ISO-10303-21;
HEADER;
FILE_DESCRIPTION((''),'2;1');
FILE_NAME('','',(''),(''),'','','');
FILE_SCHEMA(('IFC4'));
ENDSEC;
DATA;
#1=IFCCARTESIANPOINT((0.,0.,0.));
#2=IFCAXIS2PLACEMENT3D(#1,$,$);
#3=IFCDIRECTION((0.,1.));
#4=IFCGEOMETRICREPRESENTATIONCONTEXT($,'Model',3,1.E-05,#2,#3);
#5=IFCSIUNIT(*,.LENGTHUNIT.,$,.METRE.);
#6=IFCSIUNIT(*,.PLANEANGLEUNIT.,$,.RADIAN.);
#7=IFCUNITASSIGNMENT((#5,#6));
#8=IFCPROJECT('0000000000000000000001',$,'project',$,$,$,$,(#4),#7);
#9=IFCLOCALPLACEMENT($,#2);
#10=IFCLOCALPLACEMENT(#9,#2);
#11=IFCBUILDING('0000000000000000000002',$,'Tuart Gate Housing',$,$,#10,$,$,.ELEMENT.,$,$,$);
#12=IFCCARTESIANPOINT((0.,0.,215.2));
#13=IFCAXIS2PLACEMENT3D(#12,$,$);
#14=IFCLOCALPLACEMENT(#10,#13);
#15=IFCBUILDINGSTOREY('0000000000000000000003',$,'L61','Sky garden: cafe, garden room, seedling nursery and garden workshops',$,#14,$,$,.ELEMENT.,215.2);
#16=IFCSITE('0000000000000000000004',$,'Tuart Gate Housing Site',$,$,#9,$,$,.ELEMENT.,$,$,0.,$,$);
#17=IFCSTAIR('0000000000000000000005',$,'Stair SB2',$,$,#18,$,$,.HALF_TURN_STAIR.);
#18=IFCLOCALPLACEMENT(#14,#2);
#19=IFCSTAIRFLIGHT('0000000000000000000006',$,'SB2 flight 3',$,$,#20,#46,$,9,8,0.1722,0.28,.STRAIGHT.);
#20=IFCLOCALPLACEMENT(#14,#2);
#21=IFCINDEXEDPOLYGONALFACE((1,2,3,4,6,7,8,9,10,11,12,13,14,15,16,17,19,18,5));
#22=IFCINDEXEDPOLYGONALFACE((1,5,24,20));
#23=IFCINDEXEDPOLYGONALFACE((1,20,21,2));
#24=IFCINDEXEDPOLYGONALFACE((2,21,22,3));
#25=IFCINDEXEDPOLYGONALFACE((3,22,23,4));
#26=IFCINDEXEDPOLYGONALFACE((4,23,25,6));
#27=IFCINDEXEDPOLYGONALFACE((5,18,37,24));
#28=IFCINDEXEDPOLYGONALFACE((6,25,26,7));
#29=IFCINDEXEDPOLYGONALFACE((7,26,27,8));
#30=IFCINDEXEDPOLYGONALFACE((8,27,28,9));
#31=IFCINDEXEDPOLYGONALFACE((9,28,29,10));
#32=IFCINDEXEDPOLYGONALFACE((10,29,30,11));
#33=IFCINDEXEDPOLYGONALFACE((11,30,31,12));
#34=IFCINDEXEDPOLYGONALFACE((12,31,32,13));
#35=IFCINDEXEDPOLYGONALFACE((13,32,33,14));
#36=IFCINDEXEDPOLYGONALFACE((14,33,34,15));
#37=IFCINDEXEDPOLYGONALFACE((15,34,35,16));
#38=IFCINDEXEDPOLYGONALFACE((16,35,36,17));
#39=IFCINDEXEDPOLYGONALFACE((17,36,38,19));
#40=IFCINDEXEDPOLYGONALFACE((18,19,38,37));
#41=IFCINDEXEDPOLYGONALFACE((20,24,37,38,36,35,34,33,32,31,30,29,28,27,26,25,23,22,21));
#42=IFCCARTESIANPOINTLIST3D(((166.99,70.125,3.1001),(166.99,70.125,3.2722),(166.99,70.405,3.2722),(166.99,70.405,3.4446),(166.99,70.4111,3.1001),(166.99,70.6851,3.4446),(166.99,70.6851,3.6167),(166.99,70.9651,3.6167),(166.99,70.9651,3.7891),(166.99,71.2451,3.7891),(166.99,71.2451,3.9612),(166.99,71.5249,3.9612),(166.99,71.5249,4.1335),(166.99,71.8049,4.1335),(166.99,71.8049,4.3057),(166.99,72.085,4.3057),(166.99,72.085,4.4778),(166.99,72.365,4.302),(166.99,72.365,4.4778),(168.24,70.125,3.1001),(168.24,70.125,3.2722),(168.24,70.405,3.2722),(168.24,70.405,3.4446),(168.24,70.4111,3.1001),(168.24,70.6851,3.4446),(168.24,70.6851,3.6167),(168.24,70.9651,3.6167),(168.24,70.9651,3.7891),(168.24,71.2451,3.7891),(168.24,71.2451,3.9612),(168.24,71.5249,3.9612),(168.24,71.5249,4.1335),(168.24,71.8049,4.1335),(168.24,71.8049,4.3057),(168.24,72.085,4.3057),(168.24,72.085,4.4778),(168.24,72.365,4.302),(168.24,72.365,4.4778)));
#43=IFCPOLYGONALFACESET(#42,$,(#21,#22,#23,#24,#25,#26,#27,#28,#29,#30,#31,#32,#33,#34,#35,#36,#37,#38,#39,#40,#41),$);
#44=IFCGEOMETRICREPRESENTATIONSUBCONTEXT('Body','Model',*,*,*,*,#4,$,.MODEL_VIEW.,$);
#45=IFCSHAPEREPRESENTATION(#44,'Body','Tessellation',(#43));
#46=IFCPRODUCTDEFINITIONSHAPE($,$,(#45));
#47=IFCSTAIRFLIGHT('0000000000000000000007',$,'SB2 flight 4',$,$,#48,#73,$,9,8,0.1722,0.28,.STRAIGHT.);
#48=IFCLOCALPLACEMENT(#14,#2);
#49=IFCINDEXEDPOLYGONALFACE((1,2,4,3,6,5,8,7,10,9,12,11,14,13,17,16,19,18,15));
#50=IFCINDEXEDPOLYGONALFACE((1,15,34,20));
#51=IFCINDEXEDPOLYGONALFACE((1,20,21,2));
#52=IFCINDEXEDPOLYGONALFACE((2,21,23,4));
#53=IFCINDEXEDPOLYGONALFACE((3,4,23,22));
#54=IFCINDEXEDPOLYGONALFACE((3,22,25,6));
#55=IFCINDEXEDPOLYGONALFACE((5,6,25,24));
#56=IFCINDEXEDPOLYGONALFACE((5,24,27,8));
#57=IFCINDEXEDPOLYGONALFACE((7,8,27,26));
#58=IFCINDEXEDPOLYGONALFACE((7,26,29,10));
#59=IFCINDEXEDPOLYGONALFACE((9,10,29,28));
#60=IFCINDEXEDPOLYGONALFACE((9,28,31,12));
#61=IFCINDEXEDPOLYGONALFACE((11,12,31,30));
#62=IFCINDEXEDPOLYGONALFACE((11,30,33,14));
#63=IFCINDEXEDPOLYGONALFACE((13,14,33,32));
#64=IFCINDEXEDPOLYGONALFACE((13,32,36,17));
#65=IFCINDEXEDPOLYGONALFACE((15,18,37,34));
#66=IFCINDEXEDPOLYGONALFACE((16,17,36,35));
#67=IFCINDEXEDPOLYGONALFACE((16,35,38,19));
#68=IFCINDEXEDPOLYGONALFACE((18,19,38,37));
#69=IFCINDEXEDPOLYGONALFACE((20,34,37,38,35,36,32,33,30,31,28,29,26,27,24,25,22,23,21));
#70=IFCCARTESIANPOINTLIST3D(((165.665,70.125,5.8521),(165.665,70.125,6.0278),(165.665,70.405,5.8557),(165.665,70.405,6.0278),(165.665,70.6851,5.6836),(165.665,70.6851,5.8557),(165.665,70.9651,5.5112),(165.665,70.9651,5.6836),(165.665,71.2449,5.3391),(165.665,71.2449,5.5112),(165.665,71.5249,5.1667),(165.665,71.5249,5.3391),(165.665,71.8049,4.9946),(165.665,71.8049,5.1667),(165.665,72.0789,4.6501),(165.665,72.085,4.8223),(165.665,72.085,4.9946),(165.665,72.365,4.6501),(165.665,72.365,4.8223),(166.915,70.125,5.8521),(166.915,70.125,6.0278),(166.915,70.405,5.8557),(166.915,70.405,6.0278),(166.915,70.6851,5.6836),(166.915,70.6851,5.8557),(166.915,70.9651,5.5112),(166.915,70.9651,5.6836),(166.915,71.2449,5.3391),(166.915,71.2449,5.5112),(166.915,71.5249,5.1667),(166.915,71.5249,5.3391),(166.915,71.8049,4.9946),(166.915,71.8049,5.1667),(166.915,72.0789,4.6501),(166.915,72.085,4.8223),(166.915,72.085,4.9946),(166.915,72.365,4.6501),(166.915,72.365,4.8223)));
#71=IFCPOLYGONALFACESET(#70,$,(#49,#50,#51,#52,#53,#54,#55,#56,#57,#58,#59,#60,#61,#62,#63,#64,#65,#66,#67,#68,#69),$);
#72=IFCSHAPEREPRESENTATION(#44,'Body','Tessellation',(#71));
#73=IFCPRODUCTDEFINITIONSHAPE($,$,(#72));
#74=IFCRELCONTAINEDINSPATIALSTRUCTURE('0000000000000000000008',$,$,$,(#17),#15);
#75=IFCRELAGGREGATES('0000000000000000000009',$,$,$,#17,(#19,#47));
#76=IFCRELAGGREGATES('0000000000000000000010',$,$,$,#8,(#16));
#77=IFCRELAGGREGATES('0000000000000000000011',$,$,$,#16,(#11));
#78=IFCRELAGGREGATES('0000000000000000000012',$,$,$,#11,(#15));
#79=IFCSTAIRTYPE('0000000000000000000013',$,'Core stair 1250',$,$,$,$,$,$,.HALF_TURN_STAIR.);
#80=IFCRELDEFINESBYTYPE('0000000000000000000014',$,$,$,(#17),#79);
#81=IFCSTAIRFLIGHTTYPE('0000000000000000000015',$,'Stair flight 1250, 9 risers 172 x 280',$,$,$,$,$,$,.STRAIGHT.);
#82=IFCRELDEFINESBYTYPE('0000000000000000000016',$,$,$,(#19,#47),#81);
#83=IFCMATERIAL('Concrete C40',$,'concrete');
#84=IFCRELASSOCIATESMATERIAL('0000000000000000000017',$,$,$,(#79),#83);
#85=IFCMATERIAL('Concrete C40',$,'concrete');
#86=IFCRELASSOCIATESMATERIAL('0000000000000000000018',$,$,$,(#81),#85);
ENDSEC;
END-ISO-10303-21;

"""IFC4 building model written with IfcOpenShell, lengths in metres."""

from ifc_helpers import new_model, si_unit, direction, frame, origin, place, context, subcontext, project, spatial, polyline, outline, extrude, material, type_object, element, aggregate, save


model = new_model("IFC4")

# Units and contexts
model_context = context("Model", 3, precision=1e-05, world=origin(), true_north=direction((0.0, 1.0)))
body_context = subcontext(model_context, "Body", "Model", "MODEL_VIEW")
ifc_project = project(units=[si_unit("LENGTHUNIT", "METRE"), si_unit("PLANEANGLEUNIT", "RADIAN")], contexts=[model_context])

# Site, building, storey
site_placement = place(None, origin())
site = spatial("IfcSite", under=ifc_project, at=site_placement, Name="Tuart Gate Housing Site", CompositionType="ELEMENT", RefElevation=0.0)
building_placement = place(site_placement, origin())
building = spatial("IfcBuilding", under=site, at=building_placement, Name="Tuart Gate Housing", CompositionType="ELEMENT")
storey_placement = place(building_placement, frame((0.0, 0.0, 215.2)))
storey = spatial("IfcBuildingStorey", under=building, at=storey_placement, Name="L61", Description="Sky garden: cafe, garden room, seedling nursery and garden workshops", CompositionType="ELEMENT", Elevation=215.2)

# Stair, stair flights
ifc_material_1 = material(Name="Concrete C40", Category="concrete")
stair_type = type_object("IfcStairType", Name="Core stair 1250", PredefinedType="HALF_TURN_STAIR", material=ifc_material_1)
stair_placement = place(storey_placement, origin())
stair = element("IfcStair", 1, at=stair_placement, inside=storey, type_object=stair_type, Name="Stair SB2", PredefinedType="HALF_TURN_STAIR")
ifc_material_2 = material(Name="Concrete C40", Category="concrete")
stair_flight_type = type_object("IfcStairFlightType", Name="Stair flight 1250, 9 risers 172 x 280", PredefinedType="STRAIGHT", material=ifc_material_2)
stair_flight_1_placement = place(storey_placement, frame((167.615, 70.125, 3.1001), z_axis=(0.0, 0.0, 1.0), x_axis=(0.0, 1.0, 0.0)))
stair_flight_1 = element("IfcStairFlight", 2, at=stair_flight_1_placement, type_object=stair_flight_type, Name="SB2 flight 3", NumberOfRisers=9, NumberOfTreads=8, PredefinedType="STRAIGHT", RiserHeight=0.1722, TreadLength=0.28, context=body_context, shape_type="SweptSolid", body=[
    extrude(outline(polyline([(0.0, 0.0), (0.0, 0.1721), (0.28, 0.1721), (0.28, 0.3445), (0.5601, 0.3445), (0.5601, 0.5166), (0.8401, 0.5166), (0.8401, 0.689), (1.1201, 0.689), (1.1201, 0.8611), (1.3999, 0.8611), (1.3999, 1.0334), (1.6799, 1.0334), (1.6799, 1.2056), (1.96, 1.2056), (1.96, 1.3777), (2.24, 1.3777), (2.24, 1.55), (2.24, 1.2019), (0.2861, 0.0), (0.0, 0.0)])), frame((0.0, 0.625, 0.0), z_axis=(0.0, -1.0, 0.0), x_axis=(1.0, 0.0, 0.0)), (0.0, 0.0, 1.0), 1.25),
])
stair_flight_2_placement = place(storey_placement, frame((166.29, 72.365, 4.6501), z_axis=(0.0, 0.0, 1.0), x_axis=(0.0, -1.0, 0.0)))
stair_flight_2 = element("IfcStairFlight", 3, at=stair_flight_2_placement, type_object=stair_flight_type, Name="SB2 flight 4", NumberOfRisers=9, NumberOfTreads=8, PredefinedType="STRAIGHT", RiserHeight=0.1722, TreadLength=0.28, context=body_context, shape_type="SweptSolid", body=[
    extrude(outline(polyline([(0.0, 0.0), (0.0, 0.1721), (0.28, 0.1721), (0.28, 0.3445), (0.5601, 0.3445), (0.5601, 0.5166), (0.8401, 0.5166), (0.8401, 0.689), (1.1201, 0.689), (1.1201, 0.8611), (1.3999, 0.8611), (1.3999, 1.0334), (1.6799, 1.0334), (1.6799, 1.2056), (1.96, 1.2056), (1.96, 1.3777), (2.24, 1.3777), (2.24, 1.55), (2.24, 1.2019), (0.2861, 0.0), (0.0, 0.0)])), frame((0.0, 0.625, 0.0), z_axis=(0.0, -1.0, 0.0), x_axis=(1.0, 0.0, 0.0)), (0.0, 0.0, 1.0), 1.25),
])
aggregate(stair, [stair_flight_1, stair_flight_2])

save(model, "model.ifc")
